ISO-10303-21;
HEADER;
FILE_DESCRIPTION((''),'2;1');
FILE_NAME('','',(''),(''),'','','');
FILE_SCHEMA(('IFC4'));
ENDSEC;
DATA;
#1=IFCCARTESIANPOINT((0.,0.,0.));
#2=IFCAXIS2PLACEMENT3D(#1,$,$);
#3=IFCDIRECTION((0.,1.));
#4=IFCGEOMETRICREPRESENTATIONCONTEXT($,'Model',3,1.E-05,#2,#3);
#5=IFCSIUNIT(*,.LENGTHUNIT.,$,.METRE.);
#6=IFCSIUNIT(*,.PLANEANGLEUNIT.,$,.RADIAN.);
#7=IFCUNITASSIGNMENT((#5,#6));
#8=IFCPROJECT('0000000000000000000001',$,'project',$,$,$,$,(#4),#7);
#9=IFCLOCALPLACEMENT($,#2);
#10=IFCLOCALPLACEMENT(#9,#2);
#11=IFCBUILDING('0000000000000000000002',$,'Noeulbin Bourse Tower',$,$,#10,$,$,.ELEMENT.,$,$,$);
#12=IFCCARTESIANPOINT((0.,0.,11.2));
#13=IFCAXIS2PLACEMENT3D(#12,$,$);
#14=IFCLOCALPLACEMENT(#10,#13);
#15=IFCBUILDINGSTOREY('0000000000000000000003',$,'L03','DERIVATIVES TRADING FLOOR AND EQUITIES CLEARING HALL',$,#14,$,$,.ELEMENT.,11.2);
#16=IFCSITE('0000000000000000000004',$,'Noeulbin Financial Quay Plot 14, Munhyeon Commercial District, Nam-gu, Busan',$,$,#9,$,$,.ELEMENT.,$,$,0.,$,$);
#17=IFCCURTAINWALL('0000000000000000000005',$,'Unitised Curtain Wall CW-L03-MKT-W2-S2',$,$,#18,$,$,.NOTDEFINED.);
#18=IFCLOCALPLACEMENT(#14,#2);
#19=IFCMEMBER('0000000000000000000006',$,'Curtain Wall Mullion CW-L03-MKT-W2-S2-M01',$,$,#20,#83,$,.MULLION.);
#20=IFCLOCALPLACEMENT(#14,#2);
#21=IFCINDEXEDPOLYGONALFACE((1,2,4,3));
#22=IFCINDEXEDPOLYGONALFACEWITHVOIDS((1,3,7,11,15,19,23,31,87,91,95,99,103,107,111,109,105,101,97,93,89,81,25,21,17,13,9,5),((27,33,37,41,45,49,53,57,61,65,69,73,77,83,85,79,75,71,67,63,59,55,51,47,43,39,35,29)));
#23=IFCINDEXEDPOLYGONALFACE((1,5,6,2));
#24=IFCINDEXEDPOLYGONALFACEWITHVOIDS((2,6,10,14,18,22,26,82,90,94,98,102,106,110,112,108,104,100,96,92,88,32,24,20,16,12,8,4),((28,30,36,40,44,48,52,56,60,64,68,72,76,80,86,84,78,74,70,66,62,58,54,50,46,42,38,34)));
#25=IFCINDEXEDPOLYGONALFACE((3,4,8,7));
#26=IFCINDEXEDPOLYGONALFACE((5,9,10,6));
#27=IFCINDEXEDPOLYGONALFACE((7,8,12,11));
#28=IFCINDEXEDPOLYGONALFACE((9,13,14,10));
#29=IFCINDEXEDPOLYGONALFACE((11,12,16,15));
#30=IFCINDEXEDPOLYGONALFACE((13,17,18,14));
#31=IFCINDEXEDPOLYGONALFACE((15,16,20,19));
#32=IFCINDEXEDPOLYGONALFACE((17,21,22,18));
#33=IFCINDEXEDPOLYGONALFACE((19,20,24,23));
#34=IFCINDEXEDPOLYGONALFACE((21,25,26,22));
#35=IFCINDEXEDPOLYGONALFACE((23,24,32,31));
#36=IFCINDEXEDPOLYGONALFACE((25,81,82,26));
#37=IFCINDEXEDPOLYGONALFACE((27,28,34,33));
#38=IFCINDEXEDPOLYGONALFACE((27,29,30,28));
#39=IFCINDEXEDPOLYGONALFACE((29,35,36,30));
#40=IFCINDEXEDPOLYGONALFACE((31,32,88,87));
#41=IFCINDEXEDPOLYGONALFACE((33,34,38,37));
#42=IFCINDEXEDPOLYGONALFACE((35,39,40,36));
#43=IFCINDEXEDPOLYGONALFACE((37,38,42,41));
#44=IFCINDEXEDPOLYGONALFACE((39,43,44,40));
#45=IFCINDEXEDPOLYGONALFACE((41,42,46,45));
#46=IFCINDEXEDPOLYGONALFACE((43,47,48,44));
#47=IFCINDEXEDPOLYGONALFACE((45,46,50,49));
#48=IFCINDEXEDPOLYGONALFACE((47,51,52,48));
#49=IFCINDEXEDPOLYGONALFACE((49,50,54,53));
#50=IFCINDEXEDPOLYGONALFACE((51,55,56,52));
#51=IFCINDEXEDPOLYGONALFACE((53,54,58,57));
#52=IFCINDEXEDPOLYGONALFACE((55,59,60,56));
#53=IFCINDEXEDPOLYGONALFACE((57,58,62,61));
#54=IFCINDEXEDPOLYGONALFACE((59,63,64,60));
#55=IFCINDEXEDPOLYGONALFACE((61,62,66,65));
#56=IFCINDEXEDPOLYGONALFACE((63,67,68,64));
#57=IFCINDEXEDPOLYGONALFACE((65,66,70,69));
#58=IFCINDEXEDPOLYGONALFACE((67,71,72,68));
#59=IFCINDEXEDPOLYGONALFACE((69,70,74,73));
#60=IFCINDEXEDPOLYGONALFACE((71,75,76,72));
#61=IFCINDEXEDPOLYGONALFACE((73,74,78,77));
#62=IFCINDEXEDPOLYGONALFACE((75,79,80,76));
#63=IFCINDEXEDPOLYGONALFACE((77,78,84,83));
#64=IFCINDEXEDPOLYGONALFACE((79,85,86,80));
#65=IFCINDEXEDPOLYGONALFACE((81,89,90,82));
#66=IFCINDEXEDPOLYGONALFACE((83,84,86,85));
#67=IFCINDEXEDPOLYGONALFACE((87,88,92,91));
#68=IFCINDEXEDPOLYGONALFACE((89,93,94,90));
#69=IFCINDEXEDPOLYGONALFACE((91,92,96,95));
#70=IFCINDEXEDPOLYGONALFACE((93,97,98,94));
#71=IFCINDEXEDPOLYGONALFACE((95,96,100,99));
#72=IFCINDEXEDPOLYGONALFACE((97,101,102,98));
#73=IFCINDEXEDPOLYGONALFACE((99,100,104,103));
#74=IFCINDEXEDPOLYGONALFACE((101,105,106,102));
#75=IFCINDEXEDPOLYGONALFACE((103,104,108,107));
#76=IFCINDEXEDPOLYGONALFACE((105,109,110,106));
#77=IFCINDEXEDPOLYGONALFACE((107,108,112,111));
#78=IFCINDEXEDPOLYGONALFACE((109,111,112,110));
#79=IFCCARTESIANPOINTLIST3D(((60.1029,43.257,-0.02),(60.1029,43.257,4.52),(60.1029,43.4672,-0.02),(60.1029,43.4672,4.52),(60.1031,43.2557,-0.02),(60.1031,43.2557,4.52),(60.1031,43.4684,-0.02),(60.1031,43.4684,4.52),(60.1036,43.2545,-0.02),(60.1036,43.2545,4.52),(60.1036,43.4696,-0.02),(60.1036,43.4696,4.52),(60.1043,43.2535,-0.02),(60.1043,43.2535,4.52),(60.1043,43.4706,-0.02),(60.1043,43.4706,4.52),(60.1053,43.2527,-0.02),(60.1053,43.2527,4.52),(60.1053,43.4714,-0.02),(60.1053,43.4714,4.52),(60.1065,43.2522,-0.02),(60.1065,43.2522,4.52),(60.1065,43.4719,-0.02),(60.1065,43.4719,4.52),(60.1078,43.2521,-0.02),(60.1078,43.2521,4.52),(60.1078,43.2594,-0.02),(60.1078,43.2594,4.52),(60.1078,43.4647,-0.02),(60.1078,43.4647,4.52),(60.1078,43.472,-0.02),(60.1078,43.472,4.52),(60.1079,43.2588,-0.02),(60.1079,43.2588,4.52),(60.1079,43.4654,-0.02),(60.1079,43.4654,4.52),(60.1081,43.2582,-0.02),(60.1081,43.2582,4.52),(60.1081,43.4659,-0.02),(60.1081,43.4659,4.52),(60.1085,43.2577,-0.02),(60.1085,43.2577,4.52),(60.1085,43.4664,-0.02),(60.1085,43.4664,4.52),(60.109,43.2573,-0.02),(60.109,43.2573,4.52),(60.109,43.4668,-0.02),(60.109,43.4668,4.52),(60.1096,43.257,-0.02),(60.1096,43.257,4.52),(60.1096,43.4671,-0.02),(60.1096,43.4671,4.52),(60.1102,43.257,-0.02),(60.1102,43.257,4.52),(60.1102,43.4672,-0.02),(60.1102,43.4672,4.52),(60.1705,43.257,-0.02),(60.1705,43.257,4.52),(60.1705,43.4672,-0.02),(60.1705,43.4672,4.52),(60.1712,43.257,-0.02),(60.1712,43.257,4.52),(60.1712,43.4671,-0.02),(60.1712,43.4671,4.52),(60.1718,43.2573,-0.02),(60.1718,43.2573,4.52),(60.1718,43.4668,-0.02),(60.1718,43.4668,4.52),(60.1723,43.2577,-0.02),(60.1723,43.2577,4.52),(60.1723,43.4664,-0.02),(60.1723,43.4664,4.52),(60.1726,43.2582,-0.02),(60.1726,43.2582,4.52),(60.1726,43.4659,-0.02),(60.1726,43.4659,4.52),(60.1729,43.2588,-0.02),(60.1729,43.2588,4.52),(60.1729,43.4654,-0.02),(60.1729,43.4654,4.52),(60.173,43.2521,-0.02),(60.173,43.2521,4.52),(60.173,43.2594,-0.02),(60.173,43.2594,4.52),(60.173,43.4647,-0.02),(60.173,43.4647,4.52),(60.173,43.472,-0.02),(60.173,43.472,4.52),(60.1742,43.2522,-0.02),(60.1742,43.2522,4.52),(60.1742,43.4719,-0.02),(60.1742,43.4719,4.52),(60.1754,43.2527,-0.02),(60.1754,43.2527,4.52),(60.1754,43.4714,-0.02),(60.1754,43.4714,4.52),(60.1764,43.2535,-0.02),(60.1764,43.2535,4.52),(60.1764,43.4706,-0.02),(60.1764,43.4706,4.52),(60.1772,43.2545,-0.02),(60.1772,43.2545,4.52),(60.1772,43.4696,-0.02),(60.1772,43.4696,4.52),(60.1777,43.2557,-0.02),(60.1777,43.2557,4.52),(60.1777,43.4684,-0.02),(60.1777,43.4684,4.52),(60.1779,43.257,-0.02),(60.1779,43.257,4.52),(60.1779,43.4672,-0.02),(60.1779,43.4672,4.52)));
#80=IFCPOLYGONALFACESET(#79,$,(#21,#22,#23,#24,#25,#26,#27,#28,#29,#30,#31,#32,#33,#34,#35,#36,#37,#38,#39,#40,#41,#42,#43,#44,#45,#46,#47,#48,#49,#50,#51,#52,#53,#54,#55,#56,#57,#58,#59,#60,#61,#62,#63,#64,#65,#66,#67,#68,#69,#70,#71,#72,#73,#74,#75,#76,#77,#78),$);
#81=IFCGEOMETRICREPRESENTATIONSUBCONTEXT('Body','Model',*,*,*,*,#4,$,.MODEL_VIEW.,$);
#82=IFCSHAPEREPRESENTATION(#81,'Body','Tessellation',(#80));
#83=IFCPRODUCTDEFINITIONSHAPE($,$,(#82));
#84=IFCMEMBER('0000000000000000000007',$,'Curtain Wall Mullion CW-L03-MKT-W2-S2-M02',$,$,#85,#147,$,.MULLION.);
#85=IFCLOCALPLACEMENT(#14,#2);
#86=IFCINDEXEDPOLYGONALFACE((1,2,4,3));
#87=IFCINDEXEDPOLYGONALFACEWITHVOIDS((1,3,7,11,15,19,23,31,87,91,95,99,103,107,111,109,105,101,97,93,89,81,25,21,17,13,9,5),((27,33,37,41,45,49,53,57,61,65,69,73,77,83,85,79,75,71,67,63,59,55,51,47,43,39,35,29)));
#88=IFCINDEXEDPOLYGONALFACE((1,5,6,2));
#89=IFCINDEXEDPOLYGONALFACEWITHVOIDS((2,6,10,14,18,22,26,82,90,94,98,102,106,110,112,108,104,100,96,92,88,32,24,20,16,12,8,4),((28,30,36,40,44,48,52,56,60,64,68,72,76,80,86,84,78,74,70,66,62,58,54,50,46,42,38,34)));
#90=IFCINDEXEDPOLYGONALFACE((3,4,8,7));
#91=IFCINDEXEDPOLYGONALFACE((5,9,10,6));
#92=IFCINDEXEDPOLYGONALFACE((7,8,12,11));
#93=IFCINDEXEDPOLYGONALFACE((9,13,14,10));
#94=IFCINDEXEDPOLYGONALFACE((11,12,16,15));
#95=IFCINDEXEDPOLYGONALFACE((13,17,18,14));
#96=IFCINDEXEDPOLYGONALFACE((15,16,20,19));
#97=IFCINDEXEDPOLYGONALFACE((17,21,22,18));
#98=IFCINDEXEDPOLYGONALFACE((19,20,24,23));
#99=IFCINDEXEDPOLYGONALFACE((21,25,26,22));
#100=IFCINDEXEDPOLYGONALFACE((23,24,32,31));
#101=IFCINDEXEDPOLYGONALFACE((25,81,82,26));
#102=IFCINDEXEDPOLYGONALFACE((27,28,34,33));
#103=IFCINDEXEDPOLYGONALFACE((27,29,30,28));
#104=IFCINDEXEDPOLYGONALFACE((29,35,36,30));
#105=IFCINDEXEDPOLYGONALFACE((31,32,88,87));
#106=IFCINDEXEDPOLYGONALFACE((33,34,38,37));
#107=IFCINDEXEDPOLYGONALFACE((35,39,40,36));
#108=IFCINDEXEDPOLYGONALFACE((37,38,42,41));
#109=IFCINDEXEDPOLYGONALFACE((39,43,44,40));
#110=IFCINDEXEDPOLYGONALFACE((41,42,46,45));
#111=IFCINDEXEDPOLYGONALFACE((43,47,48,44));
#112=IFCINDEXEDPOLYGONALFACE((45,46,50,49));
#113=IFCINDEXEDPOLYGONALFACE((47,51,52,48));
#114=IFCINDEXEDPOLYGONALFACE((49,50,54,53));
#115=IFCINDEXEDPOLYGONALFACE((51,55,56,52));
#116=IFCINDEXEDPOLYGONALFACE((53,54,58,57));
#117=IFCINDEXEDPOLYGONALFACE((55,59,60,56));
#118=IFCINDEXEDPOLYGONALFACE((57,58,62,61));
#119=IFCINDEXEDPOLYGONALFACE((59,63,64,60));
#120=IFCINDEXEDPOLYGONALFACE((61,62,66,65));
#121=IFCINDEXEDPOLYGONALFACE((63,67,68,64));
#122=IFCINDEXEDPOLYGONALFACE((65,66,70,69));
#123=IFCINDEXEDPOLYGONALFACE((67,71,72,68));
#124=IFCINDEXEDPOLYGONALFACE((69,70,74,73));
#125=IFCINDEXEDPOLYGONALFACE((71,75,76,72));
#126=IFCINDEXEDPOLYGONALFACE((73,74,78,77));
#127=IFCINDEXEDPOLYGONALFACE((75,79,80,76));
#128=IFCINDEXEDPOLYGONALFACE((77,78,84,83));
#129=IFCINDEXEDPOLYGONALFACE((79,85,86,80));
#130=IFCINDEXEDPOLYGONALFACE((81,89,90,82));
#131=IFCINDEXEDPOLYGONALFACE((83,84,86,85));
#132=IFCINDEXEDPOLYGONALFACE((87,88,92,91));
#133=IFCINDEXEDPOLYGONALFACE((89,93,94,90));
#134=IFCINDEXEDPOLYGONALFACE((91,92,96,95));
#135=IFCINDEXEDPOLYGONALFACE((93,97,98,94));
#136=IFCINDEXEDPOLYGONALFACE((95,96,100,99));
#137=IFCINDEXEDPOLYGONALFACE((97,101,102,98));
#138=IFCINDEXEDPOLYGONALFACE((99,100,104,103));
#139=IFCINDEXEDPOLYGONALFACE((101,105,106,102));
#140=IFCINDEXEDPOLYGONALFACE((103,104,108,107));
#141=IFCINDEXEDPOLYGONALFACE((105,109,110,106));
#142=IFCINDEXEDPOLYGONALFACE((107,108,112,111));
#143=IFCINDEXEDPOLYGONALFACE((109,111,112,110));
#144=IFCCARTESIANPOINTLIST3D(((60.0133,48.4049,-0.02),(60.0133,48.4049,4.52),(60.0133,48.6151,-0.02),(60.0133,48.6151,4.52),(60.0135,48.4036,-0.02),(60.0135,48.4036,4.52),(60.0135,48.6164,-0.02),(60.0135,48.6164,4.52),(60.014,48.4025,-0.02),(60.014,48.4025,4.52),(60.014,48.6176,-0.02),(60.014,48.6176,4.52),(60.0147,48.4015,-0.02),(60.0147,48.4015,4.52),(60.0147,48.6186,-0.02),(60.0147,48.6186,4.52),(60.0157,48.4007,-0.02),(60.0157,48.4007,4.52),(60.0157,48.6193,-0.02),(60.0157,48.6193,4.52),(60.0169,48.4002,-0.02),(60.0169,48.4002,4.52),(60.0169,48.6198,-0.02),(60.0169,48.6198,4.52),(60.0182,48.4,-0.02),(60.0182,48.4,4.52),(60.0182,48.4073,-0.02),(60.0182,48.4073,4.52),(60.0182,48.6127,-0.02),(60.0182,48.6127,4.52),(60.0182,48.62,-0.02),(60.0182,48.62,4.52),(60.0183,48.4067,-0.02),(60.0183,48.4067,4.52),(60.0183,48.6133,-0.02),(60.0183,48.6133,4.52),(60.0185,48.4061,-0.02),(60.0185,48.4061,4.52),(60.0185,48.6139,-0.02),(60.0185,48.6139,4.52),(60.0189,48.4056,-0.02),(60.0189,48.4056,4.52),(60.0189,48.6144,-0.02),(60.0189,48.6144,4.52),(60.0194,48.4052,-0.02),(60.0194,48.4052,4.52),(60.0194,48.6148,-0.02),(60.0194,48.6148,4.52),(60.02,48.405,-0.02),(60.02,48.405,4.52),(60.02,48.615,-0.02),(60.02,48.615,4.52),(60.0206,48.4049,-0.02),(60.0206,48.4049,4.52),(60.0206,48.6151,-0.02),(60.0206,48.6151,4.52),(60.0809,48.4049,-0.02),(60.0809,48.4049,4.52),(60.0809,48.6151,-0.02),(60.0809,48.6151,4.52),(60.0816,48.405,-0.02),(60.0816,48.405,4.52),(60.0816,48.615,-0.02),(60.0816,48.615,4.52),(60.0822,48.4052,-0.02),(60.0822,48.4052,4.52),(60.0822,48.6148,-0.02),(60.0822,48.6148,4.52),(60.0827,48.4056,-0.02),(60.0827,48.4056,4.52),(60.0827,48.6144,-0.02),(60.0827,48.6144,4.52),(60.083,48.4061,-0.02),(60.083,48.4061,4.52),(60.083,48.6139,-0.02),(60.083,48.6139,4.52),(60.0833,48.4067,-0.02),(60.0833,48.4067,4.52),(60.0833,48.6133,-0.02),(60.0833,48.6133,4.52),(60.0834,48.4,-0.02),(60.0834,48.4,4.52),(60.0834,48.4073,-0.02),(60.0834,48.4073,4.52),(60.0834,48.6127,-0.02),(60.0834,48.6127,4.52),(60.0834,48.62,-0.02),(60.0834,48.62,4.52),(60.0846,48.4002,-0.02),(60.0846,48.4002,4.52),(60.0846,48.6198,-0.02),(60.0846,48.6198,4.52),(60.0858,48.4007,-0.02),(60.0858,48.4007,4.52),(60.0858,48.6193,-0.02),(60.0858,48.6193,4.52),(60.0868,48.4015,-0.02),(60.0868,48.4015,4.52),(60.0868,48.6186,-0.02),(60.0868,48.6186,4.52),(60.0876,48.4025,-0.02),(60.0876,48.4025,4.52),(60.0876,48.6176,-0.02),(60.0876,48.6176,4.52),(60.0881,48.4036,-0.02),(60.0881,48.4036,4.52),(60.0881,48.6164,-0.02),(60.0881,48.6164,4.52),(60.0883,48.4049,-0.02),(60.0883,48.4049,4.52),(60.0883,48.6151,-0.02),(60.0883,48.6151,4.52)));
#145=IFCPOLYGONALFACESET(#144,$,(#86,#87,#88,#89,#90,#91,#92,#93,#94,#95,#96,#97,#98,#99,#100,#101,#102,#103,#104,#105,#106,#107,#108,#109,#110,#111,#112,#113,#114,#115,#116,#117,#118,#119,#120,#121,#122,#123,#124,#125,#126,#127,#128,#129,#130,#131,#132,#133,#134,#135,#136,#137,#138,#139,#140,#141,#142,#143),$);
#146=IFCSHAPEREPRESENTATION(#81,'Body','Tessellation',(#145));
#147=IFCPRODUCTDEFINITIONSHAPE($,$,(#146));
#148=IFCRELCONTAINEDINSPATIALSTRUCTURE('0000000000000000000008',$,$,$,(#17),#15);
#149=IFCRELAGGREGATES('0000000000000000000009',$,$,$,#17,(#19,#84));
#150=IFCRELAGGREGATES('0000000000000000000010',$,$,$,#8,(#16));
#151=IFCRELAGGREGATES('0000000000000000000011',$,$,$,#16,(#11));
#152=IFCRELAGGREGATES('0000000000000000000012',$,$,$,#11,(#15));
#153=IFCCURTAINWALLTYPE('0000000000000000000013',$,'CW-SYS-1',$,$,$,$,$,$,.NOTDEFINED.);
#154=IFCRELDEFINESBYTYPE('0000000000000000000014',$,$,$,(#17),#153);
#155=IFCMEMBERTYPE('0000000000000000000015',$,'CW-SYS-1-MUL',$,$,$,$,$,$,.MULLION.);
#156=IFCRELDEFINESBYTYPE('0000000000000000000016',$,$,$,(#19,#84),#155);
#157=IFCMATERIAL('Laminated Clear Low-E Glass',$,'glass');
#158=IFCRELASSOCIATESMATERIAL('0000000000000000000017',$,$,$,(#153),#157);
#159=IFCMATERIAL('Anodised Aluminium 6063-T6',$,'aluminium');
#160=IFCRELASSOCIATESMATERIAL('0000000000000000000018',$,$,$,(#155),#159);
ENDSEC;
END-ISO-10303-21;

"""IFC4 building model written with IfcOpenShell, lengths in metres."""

from ifc_helpers import new_model, si_unit, direction, frame, origin, origin_2d, place, context, subcontext, project, spatial, hollow_rectangle, extrude, material, material_profile, profile_set, type_object, element, aggregate, save


model = new_model("IFC4")

# Units and contexts
model_context = context("Model", 3, precision=1e-05, world=origin(), true_north=direction((0.0, 1.0)))
body_context = subcontext(model_context, "Body", "Model", "MODEL_VIEW")
ifc_project = project(units=[si_unit("LENGTHUNIT", "METRE"), si_unit("PLANEANGLEUNIT", "RADIAN")], contexts=[model_context])

# Site, building, storey
site_placement = place(None, origin())
site = spatial("IfcSite", under=ifc_project, at=site_placement, Name="Noeulbin Financial Quay Plot 14, Munhyeon Commercial District, Nam-gu, Busan", CompositionType="ELEMENT", RefElevation=0.0)
building_placement = place(site_placement, origin())
building = spatial("IfcBuilding", under=site, at=building_placement, Name="Noeulbin Bourse Tower", CompositionType="ELEMENT")
storey_placement = place(building_placement, frame((0.0, 0.0, 11.2)))
storey = spatial("IfcBuildingStorey", under=building, at=storey_placement, Name="L03", Description="DERIVATIVES TRADING FLOOR AND EQUITIES CLEARING HALL", CompositionType="ELEMENT", Elevation=11.2)

# Shared definitions
ifc_material_1 = material(Name="Laminated Clear Low-E Glass", Category="glass")
curtain_wall_type = type_object("IfcCurtainWallType", Name="CW-SYS-1", PredefinedType="NOTDEFINED", material=ifc_material_1)
ifc_material_2 = material(Name="Anodised Aluminium 6063-T6", Category="aluminium")
ifc_material_profile_1 = material_profile(ifc_material_2, hollow_rectangle(XDim=0.075, YDim=0.22, WallThickness=0.0049, InnerFilletRadius=0.0024, OuterFilletRadius=0.0049, at=origin_2d()), Name="ALU-MULL-75x220x5", Category="LoadBearing")
ifc_profile_set_1 = profile_set([ifc_material_profile_1], Name="Anodised Aluminium 6063-T6")
member_type_1 = type_object("IfcMemberType", Name="CW-SYS-1-MUL", PredefinedType="MULLION", material=ifc_profile_set_1)

# Curtain wall, members
curtain_wall_1_placement = place(storey_placement, origin())
curtain_wall_1 = element("IfcCurtainWall", 1, at=curtain_wall_1_placement, inside=storey, type_object=curtain_wall_type, Name="Unitised Curtain Wall CW-L03-MKT-W2-S2", PredefinedType="NOTDEFINED")
member_1_placement = place(storey_placement, frame((60.1404, 43.3621, -0.02), z_axis=(0.0, 0.0, 1.0), x_axis=(1.0, 0.0, 0.0)))
member_1 = element("IfcMember", 2, at=member_1_placement, type_object=member_type_1, Name="Curtain Wall Mullion CW-L03-MKT-W2-S2-M01", PredefinedType="MULLION", context=body_context, shape_type="SweptSolid", body=[
    extrude(hollow_rectangle(XDim=0.075, YDim=0.22, WallThickness=0.0049, InnerFilletRadius=0.0024, OuterFilletRadius=0.0049, at=origin_2d()), origin(), (0.0, 0.0, 1.0), 4.54),
])
member_2_placement = place(storey_placement, frame((60.0508, 48.51, -0.02), z_axis=(0.0, 0.0, 1.0), x_axis=(1.0, 0.0, 0.0)))
member_2 = element("IfcMember", 3, at=member_2_placement, type_object=member_type_1, Name="Curtain Wall Mullion CW-L03-MKT-W2-S2-M02", PredefinedType="MULLION", context=body_context, shape_type="SweptSolid", body=[
    extrude(hollow_rectangle(XDim=0.075, YDim=0.22, WallThickness=0.0049, InnerFilletRadius=0.0024, OuterFilletRadius=0.0049, at=origin_2d()), origin(), (0.0, 0.0, 1.0), 4.54),
])
aggregate(curtain_wall_1, [member_1, member_2])

save(model, "model.ifc")
